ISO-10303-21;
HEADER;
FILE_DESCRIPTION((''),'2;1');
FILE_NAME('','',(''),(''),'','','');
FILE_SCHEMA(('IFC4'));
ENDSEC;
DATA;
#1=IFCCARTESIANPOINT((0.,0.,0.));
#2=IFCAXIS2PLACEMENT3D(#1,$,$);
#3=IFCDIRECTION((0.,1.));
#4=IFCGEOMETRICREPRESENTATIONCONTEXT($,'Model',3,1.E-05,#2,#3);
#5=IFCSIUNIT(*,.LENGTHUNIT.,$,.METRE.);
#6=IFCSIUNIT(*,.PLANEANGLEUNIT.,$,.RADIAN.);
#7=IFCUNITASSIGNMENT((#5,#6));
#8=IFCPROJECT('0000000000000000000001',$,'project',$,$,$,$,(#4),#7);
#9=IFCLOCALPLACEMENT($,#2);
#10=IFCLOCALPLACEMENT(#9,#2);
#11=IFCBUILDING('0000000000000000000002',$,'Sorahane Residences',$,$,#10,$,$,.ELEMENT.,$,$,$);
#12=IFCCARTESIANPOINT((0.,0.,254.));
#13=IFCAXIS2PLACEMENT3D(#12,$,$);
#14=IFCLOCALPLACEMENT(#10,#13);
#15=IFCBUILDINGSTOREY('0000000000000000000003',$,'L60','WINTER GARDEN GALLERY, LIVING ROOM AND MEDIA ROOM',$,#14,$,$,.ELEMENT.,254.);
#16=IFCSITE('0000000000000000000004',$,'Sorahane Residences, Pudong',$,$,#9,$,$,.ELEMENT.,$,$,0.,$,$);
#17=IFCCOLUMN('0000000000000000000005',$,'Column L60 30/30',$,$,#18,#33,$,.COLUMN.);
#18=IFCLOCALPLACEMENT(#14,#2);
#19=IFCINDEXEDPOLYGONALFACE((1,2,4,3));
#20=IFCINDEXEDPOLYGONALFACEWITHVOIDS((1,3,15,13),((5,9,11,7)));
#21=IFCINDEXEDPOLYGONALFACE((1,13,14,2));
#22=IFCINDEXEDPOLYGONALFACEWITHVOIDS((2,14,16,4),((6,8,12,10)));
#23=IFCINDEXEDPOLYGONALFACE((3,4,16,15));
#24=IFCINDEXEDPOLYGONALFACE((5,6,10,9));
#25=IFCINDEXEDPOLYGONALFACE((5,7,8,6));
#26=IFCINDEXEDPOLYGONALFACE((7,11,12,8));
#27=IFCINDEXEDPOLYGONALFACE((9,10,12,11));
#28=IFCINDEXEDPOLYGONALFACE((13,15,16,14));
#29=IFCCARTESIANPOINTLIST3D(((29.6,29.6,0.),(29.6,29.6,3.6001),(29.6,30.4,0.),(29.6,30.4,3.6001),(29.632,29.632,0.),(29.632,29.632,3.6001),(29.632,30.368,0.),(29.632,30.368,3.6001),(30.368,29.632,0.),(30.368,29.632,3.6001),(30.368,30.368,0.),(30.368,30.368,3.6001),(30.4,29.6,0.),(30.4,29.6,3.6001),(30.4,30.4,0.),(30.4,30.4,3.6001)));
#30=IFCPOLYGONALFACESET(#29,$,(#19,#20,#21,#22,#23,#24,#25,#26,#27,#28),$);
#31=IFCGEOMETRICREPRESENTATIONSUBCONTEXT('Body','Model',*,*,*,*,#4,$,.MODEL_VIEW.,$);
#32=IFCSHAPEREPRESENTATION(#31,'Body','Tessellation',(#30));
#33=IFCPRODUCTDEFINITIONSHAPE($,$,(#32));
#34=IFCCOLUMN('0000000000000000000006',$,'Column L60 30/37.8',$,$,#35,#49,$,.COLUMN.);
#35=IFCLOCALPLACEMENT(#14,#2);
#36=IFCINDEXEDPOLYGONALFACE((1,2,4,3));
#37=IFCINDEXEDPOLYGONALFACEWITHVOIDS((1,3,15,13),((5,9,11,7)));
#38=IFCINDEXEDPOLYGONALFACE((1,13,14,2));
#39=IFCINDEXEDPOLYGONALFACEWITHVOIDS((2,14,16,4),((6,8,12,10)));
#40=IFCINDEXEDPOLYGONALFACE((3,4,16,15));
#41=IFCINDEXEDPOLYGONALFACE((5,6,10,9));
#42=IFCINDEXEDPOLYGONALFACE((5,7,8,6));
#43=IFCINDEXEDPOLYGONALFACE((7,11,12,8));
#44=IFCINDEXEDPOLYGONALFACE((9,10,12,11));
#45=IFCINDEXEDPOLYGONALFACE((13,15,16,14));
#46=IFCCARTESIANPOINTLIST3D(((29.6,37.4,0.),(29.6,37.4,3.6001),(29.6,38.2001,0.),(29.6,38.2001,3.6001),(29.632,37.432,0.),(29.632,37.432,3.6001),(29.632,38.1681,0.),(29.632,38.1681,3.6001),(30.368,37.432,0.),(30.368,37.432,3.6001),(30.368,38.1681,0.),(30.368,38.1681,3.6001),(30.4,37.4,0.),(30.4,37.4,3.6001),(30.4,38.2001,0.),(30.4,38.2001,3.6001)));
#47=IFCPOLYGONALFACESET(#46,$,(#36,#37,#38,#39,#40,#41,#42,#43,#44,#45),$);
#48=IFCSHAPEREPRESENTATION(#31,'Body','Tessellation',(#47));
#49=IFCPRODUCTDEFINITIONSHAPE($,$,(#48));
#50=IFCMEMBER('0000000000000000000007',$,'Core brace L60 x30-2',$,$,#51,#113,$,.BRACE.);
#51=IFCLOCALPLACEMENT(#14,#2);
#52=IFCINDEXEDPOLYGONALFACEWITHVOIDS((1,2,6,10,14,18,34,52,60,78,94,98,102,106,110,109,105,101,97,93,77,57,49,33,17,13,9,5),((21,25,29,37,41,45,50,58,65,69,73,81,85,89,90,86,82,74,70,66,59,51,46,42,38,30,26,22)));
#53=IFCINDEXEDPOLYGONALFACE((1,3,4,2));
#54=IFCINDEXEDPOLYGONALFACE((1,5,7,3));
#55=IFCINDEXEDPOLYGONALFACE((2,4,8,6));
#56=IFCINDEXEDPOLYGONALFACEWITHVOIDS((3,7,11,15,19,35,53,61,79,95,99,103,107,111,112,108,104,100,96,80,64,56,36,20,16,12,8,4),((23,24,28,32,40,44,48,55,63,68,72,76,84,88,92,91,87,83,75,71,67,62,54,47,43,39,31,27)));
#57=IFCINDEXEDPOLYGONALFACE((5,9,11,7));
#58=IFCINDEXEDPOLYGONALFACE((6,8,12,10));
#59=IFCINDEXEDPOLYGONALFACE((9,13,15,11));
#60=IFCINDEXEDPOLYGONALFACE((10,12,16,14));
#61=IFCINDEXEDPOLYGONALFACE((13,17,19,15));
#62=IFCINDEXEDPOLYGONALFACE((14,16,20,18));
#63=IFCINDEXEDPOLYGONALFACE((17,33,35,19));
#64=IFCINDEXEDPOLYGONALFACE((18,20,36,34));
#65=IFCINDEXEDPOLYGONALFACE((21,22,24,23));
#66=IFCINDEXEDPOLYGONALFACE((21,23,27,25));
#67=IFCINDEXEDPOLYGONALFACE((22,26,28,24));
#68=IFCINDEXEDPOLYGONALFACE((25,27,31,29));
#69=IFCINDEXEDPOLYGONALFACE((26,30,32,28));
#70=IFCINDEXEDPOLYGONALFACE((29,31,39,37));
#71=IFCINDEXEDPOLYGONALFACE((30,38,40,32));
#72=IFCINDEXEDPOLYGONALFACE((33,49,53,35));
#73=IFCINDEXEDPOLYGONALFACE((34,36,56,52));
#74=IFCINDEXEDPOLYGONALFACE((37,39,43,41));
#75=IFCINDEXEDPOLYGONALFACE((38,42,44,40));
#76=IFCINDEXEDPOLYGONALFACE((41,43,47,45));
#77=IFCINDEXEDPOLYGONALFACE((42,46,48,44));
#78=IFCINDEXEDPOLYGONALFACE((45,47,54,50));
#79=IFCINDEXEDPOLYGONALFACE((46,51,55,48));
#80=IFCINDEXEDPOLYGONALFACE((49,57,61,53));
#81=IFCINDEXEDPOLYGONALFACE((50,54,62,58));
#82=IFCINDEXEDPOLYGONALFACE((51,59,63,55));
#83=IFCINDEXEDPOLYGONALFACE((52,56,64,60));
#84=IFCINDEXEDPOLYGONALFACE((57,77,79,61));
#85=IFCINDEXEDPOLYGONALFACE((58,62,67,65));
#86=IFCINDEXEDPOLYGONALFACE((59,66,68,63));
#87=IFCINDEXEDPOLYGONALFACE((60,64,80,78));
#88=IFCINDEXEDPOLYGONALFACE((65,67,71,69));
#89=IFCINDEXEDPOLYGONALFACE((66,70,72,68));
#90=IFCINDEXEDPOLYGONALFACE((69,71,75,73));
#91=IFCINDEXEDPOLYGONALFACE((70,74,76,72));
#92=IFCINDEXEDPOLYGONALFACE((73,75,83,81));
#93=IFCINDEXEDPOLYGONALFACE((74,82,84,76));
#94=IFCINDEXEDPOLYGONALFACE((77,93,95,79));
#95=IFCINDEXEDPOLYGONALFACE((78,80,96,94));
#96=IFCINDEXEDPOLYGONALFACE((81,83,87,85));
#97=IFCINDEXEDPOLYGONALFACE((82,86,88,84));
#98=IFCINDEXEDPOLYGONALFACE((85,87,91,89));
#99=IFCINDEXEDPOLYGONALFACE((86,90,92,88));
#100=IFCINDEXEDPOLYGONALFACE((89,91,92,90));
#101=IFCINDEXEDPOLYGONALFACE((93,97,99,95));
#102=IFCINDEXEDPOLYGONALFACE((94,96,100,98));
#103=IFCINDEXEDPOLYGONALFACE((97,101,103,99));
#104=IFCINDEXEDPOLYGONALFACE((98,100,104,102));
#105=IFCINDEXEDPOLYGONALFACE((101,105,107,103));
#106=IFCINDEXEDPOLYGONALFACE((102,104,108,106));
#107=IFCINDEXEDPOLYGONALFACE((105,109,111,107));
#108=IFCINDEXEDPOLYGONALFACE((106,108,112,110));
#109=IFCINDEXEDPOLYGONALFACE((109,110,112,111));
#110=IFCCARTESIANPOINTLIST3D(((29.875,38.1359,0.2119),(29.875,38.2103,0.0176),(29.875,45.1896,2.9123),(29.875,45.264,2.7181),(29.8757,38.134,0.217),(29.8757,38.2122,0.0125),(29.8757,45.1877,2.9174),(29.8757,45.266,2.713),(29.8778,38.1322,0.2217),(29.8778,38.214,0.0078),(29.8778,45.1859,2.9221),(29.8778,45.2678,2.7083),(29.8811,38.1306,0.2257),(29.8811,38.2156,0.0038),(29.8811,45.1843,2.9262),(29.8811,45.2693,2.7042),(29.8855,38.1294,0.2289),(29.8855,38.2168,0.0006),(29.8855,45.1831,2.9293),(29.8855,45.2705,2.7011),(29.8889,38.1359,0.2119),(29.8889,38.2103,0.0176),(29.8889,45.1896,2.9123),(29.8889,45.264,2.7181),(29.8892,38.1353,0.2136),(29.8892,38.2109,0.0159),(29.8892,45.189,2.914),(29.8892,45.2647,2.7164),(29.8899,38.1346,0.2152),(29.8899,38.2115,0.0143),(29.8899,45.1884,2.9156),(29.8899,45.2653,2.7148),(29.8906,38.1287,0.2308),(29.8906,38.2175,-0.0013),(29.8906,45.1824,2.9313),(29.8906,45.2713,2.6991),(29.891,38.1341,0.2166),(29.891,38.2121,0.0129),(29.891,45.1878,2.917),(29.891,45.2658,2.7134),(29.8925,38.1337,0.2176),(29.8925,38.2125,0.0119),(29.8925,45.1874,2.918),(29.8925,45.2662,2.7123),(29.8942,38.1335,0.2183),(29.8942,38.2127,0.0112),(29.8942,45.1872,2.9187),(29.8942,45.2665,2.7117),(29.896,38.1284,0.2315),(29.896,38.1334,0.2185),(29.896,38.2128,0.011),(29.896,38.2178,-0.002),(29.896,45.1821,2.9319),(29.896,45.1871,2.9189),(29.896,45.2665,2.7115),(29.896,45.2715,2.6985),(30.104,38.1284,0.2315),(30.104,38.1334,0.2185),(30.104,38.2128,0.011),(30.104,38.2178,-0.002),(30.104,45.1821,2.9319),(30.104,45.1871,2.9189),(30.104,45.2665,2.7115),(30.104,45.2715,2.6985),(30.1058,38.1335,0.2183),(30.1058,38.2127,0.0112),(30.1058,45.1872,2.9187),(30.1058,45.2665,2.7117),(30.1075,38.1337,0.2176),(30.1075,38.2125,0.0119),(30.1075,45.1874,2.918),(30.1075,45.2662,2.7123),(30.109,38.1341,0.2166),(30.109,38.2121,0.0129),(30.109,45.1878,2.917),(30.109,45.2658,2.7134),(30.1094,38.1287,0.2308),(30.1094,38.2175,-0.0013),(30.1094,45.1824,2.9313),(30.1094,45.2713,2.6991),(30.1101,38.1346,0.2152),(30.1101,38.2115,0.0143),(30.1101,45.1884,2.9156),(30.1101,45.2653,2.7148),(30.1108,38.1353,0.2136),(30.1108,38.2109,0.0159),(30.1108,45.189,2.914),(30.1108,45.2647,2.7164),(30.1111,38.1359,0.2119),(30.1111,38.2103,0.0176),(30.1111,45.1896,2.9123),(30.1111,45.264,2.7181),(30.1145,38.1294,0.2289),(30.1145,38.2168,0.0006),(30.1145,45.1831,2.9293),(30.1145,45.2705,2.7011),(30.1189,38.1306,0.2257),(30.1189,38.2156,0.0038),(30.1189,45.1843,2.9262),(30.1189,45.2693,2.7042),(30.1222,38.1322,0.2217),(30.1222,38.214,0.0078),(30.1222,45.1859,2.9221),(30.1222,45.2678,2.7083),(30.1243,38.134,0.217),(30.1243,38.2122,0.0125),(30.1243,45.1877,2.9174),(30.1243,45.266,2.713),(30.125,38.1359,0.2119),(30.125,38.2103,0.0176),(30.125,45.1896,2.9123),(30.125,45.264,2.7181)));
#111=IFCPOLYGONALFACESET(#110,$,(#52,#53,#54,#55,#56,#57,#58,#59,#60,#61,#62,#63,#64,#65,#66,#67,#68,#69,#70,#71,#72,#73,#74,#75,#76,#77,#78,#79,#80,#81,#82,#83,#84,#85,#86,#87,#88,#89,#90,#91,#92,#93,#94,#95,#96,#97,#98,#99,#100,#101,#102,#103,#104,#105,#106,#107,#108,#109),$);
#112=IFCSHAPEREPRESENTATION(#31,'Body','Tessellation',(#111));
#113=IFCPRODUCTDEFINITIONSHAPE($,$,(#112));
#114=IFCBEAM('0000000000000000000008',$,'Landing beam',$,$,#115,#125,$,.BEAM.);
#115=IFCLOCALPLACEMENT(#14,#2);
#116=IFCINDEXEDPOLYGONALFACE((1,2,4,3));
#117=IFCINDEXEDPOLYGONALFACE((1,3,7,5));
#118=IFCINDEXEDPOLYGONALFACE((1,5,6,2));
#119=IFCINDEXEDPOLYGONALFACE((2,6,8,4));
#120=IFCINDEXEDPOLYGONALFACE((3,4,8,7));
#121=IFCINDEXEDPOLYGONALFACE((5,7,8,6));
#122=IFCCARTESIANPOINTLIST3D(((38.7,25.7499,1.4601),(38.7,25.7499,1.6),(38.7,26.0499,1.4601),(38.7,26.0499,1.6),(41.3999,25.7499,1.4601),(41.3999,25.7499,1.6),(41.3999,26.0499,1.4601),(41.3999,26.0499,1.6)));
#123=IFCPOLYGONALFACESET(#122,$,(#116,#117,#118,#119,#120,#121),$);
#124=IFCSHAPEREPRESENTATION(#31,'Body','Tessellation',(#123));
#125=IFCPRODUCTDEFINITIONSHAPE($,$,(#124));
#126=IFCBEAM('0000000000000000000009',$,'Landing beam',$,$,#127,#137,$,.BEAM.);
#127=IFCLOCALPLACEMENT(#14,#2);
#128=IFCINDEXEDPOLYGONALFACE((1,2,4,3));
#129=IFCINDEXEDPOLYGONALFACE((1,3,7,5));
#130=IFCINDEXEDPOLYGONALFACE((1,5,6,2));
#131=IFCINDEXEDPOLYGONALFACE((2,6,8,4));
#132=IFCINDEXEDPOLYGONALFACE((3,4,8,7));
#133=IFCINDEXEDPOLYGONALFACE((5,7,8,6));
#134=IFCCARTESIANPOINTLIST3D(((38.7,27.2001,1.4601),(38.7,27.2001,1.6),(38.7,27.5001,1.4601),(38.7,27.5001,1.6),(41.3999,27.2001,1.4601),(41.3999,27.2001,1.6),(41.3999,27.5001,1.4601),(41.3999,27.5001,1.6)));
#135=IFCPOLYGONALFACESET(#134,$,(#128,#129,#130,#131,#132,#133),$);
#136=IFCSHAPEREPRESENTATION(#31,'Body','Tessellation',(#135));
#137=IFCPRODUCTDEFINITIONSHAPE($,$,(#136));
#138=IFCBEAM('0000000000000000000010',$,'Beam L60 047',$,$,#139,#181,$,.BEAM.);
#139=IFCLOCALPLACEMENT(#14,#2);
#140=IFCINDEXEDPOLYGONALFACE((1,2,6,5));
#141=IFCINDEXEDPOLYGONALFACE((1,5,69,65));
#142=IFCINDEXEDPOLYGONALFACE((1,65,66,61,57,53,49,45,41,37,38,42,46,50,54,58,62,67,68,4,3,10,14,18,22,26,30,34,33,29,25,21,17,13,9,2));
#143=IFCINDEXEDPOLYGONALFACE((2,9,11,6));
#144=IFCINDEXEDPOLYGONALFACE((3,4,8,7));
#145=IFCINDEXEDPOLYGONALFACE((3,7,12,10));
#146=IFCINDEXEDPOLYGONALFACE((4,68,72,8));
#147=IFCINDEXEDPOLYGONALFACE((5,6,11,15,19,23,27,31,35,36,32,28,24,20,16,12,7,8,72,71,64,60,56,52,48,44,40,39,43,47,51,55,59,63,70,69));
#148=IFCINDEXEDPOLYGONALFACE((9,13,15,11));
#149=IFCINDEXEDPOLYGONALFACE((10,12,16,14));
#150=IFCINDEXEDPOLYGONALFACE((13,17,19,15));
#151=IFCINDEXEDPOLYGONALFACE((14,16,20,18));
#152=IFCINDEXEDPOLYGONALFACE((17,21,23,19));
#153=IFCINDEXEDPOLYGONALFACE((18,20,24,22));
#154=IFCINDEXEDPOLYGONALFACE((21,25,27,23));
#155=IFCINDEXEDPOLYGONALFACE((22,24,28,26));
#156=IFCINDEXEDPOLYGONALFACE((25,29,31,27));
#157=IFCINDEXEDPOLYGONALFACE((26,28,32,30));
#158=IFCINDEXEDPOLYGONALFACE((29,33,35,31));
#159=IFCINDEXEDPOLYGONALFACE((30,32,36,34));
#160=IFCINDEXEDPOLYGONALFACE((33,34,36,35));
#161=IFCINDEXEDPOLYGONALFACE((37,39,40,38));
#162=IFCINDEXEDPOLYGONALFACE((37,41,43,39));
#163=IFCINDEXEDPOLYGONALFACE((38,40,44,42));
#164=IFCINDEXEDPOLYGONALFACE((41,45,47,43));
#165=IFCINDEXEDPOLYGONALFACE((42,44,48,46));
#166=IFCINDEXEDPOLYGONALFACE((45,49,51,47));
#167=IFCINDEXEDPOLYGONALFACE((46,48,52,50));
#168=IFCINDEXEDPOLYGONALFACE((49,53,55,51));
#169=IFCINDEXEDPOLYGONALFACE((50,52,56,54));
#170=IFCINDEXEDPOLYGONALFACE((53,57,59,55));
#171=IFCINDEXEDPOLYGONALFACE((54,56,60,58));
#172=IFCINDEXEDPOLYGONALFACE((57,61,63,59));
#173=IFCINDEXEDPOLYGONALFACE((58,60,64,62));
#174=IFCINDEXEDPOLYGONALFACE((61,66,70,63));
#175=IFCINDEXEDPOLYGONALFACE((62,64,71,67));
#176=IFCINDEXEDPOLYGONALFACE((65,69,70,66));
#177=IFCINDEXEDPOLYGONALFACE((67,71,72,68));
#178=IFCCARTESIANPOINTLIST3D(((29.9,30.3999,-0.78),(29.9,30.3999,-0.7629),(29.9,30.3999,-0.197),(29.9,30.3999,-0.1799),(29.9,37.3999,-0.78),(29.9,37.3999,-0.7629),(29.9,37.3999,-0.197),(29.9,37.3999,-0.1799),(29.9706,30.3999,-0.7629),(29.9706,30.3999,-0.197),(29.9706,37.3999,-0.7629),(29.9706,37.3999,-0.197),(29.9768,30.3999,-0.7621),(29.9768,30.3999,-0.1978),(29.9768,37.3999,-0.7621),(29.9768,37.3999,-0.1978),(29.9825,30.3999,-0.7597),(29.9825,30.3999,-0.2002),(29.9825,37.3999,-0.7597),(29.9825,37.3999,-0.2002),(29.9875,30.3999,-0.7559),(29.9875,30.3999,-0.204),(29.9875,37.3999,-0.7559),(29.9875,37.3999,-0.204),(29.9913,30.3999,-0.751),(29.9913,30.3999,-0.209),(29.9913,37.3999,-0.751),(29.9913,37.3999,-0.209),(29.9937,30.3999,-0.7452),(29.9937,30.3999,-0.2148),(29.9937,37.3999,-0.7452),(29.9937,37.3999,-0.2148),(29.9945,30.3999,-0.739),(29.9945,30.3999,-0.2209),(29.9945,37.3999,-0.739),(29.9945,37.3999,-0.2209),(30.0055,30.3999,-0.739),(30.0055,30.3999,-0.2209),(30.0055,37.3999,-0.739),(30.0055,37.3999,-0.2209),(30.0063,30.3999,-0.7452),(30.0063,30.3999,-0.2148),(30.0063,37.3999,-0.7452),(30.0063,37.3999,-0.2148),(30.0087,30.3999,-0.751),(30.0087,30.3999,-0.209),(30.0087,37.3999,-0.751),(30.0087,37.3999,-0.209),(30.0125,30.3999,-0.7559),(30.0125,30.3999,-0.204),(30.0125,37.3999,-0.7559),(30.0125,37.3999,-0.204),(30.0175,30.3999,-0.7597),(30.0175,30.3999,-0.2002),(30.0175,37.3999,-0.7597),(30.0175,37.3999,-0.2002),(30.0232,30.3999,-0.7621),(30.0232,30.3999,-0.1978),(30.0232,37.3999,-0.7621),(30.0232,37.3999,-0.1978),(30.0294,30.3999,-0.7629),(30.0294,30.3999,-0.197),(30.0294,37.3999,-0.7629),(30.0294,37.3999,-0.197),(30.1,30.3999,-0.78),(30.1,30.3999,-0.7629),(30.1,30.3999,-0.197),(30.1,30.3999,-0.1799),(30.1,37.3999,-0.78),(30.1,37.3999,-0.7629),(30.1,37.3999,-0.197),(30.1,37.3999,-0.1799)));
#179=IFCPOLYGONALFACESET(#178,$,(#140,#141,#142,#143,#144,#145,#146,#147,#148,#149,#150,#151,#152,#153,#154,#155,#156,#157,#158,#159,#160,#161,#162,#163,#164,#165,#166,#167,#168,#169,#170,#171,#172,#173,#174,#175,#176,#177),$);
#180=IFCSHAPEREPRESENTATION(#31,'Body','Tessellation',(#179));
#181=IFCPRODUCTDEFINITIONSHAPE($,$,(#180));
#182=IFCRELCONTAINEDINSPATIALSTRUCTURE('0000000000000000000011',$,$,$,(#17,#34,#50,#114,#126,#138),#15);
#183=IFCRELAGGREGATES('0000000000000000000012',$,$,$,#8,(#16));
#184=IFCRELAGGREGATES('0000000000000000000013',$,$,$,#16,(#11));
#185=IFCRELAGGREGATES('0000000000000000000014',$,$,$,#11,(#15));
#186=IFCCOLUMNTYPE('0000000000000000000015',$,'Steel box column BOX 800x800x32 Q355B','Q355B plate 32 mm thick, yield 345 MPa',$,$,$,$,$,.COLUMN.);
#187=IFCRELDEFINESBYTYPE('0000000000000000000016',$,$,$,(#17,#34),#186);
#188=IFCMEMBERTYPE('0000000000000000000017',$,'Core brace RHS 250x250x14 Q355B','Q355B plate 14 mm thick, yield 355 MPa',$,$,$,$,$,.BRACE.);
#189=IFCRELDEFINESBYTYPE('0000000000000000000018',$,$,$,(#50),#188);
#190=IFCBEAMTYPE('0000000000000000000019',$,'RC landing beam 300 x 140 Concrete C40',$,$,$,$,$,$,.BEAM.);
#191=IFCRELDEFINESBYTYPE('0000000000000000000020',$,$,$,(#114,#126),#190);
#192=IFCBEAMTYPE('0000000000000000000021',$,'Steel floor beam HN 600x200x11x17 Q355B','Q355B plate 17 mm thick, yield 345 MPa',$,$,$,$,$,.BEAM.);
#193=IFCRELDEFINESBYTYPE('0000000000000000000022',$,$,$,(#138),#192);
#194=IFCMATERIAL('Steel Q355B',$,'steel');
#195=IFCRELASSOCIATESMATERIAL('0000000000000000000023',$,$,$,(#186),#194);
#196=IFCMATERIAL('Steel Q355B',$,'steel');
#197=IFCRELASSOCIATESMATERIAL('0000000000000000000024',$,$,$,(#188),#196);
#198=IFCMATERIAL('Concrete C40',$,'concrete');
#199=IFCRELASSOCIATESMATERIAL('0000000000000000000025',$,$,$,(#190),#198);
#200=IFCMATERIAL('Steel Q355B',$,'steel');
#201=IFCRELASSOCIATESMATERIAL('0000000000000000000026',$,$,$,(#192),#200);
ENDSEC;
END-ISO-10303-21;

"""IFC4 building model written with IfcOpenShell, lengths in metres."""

from ifc_helpers import new_model, si_unit, direction, frame, origin, origin_2d, place, context, subcontext, project, spatial, rectangle, hollow_rectangle, i_section, extrude, material, material_profile, profile_set, type_object, element, save


model = new_model("IFC4")

# Units and contexts
model_context = context("Model", 3, precision=1e-05, world=origin(), true_north=direction((0.0, 1.0)))
body_context = subcontext(model_context, "Body", "Model", "MODEL_VIEW")
ifc_project = project(units=[si_unit("LENGTHUNIT", "METRE"), si_unit("PLANEANGLEUNIT", "RADIAN")], contexts=[model_context])

# Site, building, storey
site_placement = place(None, origin())
site = spatial("IfcSite", under=ifc_project, at=site_placement, Name="Sorahane Residences, Pudong", CompositionType="ELEMENT", RefElevation=0.0)
building_placement = place(site_placement, origin())
building = spatial("IfcBuilding", under=site, at=building_placement, Name="Sorahane Residences", CompositionType="ELEMENT")
storey_placement = place(building_placement, frame((0.0, 0.0, 254.0)))
storey = spatial("IfcBuildingStorey", under=building, at=storey_placement, Name="L60", Description="WINTER GARDEN GALLERY, LIVING ROOM AND MEDIA ROOM", CompositionType="ELEMENT", Elevation=254.0)

# Columns
ifc_material_1 = material(Name="Steel Q355B", Category="steel")
ifc_material_profile_1 = material_profile(ifc_material_1, hollow_rectangle(XDim=0.8, YDim=0.8, WallThickness=0.032, at=origin_2d()), Name="BOX 800x800x32")
ifc_profile_set_1 = profile_set([ifc_material_profile_1], Name="Steel Q355B")
column_type = type_object("IfcColumnType", Name="Steel box column BOX 800x800x32 Q355B", Description="Q355B plate 32 mm thick, yield 345 MPa", PredefinedType="COLUMN", material=ifc_profile_set_1)
for number, where, z_axis, x_axis, name in (
    (1, (30.0, 30.0, 0.0), (0.0, 0.0, 1.0), (1.0, 0.0, 0.0), "Column L60 30/30"),
    (2, (30.0, 37.8, 0.0), (0.0, 0.0, 1.0), (1.0, 0.0, 0.0), "Column L60 30/37.8"),
):
    element("IfcColumn", number, at=place(storey_placement, frame(where, z_axis=z_axis, x_axis=x_axis)), inside=storey, type_object=column_type, Name=name, PredefinedType="COLUMN", context=body_context, shape_type="SweptSolid", body=[
        extrude(hollow_rectangle(XDim=0.8, YDim=0.8, WallThickness=0.032, at=origin_2d()), origin(), (0.0, 0.0, 1.0), 3.6001),
    ])

# Member
ifc_material_2 = material(Name="Steel Q355B", Category="steel")
ifc_material_profile_2 = material_profile(ifc_material_2, hollow_rectangle(XDim=0.25, YDim=0.25, WallThickness=0.0139, InnerFilletRadius=0.0071, OuterFilletRadius=0.021, at=origin_2d()), Name="RHS 250x250x14")
ifc_profile_set_2 = profile_set([ifc_material_profile_2], Name="Steel Q355B")
member_type = type_object("IfcMemberType", Name="Core brace RHS 250x250x14 Q355B", Description="Q355B plate 14 mm thick, yield 355 MPa", PredefinedType="BRACE", material=ifc_profile_set_2)
member_placement = place(storey_placement, frame((30.0, 38.1731, 0.1147), z_axis=(0.0, 0.9339, 0.357534), x_axis=(-1.0, 0.0, 0.0)))
element("IfcMember", 3, at=member_placement, inside=storey, type_object=member_type, Name="Core brace L60 x30-2", PredefinedType="BRACE", context=body_context, shape_type="SweptSolid", body=[
    extrude(hollow_rectangle(XDim=0.25, YDim=0.25, WallThickness=0.0139, InnerFilletRadius=0.0071, OuterFilletRadius=0.021, at=origin_2d()), origin(), (0.0, 0.0, 1.0), 7.553),
])

# Beams
ifc_material_3 = material(Name="Concrete C40", Category="concrete")
ifc_material_profile_3 = material_profile(ifc_material_3, rectangle(XDim=0.3, YDim=0.1399, at=origin_2d()), Name="300x140")
ifc_profile_set_3 = profile_set([ifc_material_profile_3], Name="Concrete C40")
beam_type_1 = type_object("IfcBeamType", Name="RC landing beam 300 x 140 Concrete C40", PredefinedType="BEAM", material=ifc_profile_set_3)
for number, where, z_axis, x_axis, name in (
    (4, (38.7, 25.8999, 1.53), (1.0, 0.0, 0.0), (0.0, 1.0, 0.0), "Landing beam"),
    (5, (38.7, 27.3501, 1.53), (1.0, 0.0, 0.0), (0.0, 1.0, 0.0), "Landing beam"),
):
    element("IfcBeam", number, at=place(storey_placement, frame(where, z_axis=z_axis, x_axis=x_axis)), inside=storey, type_object=beam_type_1, Name=name, PredefinedType="BEAM", context=body_context, shape_type="SweptSolid", body=[
        extrude(rectangle(XDim=0.3, YDim=0.1399, at=origin_2d()), origin(), (0.0, 0.0, 1.0), 2.7),
    ])
ifc_material_4 = material(Name="Steel Q355B", Category="steel")
ifc_material_profile_4 = material_profile(ifc_material_4, i_section(OverallWidth=0.2, OverallDepth=0.6001, WebThickness=0.011, FlangeThickness=0.0171, FilletRadius=0.0239, at=origin_2d()), Name="HN 600x200x11x17")
ifc_profile_set_4 = profile_set([ifc_material_profile_4], Name="Steel Q355B")
beam_type_2 = type_object("IfcBeamType", Name="Steel floor beam HN 600x200x11x17 Q355B", Description="Q355B plate 17 mm thick, yield 345 MPa", PredefinedType="BEAM", material=ifc_profile_set_4)
for number, where, z_axis, x_axis, name in (
    (6, (30.0, 30.3999, -0.48), (0.0, 1.0, 0.0), (-1.0, 0.0, 0.0), "Beam L60 047"),
):
    element("IfcBeam", number, at=place(storey_placement, frame(where, z_axis=z_axis, x_axis=x_axis)), inside=storey, type_object=beam_type_2, Name=name, PredefinedType="BEAM", context=body_context, shape_type="SweptSolid", body=[
        extrude(i_section(OverallWidth=0.2, OverallDepth=0.6001, WebThickness=0.011, FlangeThickness=0.0171, FilletRadius=0.0239, at=origin_2d()), origin(), (0.0, 0.0, 1.0), 7.0),
    ])

save(model, "model.ifc")
